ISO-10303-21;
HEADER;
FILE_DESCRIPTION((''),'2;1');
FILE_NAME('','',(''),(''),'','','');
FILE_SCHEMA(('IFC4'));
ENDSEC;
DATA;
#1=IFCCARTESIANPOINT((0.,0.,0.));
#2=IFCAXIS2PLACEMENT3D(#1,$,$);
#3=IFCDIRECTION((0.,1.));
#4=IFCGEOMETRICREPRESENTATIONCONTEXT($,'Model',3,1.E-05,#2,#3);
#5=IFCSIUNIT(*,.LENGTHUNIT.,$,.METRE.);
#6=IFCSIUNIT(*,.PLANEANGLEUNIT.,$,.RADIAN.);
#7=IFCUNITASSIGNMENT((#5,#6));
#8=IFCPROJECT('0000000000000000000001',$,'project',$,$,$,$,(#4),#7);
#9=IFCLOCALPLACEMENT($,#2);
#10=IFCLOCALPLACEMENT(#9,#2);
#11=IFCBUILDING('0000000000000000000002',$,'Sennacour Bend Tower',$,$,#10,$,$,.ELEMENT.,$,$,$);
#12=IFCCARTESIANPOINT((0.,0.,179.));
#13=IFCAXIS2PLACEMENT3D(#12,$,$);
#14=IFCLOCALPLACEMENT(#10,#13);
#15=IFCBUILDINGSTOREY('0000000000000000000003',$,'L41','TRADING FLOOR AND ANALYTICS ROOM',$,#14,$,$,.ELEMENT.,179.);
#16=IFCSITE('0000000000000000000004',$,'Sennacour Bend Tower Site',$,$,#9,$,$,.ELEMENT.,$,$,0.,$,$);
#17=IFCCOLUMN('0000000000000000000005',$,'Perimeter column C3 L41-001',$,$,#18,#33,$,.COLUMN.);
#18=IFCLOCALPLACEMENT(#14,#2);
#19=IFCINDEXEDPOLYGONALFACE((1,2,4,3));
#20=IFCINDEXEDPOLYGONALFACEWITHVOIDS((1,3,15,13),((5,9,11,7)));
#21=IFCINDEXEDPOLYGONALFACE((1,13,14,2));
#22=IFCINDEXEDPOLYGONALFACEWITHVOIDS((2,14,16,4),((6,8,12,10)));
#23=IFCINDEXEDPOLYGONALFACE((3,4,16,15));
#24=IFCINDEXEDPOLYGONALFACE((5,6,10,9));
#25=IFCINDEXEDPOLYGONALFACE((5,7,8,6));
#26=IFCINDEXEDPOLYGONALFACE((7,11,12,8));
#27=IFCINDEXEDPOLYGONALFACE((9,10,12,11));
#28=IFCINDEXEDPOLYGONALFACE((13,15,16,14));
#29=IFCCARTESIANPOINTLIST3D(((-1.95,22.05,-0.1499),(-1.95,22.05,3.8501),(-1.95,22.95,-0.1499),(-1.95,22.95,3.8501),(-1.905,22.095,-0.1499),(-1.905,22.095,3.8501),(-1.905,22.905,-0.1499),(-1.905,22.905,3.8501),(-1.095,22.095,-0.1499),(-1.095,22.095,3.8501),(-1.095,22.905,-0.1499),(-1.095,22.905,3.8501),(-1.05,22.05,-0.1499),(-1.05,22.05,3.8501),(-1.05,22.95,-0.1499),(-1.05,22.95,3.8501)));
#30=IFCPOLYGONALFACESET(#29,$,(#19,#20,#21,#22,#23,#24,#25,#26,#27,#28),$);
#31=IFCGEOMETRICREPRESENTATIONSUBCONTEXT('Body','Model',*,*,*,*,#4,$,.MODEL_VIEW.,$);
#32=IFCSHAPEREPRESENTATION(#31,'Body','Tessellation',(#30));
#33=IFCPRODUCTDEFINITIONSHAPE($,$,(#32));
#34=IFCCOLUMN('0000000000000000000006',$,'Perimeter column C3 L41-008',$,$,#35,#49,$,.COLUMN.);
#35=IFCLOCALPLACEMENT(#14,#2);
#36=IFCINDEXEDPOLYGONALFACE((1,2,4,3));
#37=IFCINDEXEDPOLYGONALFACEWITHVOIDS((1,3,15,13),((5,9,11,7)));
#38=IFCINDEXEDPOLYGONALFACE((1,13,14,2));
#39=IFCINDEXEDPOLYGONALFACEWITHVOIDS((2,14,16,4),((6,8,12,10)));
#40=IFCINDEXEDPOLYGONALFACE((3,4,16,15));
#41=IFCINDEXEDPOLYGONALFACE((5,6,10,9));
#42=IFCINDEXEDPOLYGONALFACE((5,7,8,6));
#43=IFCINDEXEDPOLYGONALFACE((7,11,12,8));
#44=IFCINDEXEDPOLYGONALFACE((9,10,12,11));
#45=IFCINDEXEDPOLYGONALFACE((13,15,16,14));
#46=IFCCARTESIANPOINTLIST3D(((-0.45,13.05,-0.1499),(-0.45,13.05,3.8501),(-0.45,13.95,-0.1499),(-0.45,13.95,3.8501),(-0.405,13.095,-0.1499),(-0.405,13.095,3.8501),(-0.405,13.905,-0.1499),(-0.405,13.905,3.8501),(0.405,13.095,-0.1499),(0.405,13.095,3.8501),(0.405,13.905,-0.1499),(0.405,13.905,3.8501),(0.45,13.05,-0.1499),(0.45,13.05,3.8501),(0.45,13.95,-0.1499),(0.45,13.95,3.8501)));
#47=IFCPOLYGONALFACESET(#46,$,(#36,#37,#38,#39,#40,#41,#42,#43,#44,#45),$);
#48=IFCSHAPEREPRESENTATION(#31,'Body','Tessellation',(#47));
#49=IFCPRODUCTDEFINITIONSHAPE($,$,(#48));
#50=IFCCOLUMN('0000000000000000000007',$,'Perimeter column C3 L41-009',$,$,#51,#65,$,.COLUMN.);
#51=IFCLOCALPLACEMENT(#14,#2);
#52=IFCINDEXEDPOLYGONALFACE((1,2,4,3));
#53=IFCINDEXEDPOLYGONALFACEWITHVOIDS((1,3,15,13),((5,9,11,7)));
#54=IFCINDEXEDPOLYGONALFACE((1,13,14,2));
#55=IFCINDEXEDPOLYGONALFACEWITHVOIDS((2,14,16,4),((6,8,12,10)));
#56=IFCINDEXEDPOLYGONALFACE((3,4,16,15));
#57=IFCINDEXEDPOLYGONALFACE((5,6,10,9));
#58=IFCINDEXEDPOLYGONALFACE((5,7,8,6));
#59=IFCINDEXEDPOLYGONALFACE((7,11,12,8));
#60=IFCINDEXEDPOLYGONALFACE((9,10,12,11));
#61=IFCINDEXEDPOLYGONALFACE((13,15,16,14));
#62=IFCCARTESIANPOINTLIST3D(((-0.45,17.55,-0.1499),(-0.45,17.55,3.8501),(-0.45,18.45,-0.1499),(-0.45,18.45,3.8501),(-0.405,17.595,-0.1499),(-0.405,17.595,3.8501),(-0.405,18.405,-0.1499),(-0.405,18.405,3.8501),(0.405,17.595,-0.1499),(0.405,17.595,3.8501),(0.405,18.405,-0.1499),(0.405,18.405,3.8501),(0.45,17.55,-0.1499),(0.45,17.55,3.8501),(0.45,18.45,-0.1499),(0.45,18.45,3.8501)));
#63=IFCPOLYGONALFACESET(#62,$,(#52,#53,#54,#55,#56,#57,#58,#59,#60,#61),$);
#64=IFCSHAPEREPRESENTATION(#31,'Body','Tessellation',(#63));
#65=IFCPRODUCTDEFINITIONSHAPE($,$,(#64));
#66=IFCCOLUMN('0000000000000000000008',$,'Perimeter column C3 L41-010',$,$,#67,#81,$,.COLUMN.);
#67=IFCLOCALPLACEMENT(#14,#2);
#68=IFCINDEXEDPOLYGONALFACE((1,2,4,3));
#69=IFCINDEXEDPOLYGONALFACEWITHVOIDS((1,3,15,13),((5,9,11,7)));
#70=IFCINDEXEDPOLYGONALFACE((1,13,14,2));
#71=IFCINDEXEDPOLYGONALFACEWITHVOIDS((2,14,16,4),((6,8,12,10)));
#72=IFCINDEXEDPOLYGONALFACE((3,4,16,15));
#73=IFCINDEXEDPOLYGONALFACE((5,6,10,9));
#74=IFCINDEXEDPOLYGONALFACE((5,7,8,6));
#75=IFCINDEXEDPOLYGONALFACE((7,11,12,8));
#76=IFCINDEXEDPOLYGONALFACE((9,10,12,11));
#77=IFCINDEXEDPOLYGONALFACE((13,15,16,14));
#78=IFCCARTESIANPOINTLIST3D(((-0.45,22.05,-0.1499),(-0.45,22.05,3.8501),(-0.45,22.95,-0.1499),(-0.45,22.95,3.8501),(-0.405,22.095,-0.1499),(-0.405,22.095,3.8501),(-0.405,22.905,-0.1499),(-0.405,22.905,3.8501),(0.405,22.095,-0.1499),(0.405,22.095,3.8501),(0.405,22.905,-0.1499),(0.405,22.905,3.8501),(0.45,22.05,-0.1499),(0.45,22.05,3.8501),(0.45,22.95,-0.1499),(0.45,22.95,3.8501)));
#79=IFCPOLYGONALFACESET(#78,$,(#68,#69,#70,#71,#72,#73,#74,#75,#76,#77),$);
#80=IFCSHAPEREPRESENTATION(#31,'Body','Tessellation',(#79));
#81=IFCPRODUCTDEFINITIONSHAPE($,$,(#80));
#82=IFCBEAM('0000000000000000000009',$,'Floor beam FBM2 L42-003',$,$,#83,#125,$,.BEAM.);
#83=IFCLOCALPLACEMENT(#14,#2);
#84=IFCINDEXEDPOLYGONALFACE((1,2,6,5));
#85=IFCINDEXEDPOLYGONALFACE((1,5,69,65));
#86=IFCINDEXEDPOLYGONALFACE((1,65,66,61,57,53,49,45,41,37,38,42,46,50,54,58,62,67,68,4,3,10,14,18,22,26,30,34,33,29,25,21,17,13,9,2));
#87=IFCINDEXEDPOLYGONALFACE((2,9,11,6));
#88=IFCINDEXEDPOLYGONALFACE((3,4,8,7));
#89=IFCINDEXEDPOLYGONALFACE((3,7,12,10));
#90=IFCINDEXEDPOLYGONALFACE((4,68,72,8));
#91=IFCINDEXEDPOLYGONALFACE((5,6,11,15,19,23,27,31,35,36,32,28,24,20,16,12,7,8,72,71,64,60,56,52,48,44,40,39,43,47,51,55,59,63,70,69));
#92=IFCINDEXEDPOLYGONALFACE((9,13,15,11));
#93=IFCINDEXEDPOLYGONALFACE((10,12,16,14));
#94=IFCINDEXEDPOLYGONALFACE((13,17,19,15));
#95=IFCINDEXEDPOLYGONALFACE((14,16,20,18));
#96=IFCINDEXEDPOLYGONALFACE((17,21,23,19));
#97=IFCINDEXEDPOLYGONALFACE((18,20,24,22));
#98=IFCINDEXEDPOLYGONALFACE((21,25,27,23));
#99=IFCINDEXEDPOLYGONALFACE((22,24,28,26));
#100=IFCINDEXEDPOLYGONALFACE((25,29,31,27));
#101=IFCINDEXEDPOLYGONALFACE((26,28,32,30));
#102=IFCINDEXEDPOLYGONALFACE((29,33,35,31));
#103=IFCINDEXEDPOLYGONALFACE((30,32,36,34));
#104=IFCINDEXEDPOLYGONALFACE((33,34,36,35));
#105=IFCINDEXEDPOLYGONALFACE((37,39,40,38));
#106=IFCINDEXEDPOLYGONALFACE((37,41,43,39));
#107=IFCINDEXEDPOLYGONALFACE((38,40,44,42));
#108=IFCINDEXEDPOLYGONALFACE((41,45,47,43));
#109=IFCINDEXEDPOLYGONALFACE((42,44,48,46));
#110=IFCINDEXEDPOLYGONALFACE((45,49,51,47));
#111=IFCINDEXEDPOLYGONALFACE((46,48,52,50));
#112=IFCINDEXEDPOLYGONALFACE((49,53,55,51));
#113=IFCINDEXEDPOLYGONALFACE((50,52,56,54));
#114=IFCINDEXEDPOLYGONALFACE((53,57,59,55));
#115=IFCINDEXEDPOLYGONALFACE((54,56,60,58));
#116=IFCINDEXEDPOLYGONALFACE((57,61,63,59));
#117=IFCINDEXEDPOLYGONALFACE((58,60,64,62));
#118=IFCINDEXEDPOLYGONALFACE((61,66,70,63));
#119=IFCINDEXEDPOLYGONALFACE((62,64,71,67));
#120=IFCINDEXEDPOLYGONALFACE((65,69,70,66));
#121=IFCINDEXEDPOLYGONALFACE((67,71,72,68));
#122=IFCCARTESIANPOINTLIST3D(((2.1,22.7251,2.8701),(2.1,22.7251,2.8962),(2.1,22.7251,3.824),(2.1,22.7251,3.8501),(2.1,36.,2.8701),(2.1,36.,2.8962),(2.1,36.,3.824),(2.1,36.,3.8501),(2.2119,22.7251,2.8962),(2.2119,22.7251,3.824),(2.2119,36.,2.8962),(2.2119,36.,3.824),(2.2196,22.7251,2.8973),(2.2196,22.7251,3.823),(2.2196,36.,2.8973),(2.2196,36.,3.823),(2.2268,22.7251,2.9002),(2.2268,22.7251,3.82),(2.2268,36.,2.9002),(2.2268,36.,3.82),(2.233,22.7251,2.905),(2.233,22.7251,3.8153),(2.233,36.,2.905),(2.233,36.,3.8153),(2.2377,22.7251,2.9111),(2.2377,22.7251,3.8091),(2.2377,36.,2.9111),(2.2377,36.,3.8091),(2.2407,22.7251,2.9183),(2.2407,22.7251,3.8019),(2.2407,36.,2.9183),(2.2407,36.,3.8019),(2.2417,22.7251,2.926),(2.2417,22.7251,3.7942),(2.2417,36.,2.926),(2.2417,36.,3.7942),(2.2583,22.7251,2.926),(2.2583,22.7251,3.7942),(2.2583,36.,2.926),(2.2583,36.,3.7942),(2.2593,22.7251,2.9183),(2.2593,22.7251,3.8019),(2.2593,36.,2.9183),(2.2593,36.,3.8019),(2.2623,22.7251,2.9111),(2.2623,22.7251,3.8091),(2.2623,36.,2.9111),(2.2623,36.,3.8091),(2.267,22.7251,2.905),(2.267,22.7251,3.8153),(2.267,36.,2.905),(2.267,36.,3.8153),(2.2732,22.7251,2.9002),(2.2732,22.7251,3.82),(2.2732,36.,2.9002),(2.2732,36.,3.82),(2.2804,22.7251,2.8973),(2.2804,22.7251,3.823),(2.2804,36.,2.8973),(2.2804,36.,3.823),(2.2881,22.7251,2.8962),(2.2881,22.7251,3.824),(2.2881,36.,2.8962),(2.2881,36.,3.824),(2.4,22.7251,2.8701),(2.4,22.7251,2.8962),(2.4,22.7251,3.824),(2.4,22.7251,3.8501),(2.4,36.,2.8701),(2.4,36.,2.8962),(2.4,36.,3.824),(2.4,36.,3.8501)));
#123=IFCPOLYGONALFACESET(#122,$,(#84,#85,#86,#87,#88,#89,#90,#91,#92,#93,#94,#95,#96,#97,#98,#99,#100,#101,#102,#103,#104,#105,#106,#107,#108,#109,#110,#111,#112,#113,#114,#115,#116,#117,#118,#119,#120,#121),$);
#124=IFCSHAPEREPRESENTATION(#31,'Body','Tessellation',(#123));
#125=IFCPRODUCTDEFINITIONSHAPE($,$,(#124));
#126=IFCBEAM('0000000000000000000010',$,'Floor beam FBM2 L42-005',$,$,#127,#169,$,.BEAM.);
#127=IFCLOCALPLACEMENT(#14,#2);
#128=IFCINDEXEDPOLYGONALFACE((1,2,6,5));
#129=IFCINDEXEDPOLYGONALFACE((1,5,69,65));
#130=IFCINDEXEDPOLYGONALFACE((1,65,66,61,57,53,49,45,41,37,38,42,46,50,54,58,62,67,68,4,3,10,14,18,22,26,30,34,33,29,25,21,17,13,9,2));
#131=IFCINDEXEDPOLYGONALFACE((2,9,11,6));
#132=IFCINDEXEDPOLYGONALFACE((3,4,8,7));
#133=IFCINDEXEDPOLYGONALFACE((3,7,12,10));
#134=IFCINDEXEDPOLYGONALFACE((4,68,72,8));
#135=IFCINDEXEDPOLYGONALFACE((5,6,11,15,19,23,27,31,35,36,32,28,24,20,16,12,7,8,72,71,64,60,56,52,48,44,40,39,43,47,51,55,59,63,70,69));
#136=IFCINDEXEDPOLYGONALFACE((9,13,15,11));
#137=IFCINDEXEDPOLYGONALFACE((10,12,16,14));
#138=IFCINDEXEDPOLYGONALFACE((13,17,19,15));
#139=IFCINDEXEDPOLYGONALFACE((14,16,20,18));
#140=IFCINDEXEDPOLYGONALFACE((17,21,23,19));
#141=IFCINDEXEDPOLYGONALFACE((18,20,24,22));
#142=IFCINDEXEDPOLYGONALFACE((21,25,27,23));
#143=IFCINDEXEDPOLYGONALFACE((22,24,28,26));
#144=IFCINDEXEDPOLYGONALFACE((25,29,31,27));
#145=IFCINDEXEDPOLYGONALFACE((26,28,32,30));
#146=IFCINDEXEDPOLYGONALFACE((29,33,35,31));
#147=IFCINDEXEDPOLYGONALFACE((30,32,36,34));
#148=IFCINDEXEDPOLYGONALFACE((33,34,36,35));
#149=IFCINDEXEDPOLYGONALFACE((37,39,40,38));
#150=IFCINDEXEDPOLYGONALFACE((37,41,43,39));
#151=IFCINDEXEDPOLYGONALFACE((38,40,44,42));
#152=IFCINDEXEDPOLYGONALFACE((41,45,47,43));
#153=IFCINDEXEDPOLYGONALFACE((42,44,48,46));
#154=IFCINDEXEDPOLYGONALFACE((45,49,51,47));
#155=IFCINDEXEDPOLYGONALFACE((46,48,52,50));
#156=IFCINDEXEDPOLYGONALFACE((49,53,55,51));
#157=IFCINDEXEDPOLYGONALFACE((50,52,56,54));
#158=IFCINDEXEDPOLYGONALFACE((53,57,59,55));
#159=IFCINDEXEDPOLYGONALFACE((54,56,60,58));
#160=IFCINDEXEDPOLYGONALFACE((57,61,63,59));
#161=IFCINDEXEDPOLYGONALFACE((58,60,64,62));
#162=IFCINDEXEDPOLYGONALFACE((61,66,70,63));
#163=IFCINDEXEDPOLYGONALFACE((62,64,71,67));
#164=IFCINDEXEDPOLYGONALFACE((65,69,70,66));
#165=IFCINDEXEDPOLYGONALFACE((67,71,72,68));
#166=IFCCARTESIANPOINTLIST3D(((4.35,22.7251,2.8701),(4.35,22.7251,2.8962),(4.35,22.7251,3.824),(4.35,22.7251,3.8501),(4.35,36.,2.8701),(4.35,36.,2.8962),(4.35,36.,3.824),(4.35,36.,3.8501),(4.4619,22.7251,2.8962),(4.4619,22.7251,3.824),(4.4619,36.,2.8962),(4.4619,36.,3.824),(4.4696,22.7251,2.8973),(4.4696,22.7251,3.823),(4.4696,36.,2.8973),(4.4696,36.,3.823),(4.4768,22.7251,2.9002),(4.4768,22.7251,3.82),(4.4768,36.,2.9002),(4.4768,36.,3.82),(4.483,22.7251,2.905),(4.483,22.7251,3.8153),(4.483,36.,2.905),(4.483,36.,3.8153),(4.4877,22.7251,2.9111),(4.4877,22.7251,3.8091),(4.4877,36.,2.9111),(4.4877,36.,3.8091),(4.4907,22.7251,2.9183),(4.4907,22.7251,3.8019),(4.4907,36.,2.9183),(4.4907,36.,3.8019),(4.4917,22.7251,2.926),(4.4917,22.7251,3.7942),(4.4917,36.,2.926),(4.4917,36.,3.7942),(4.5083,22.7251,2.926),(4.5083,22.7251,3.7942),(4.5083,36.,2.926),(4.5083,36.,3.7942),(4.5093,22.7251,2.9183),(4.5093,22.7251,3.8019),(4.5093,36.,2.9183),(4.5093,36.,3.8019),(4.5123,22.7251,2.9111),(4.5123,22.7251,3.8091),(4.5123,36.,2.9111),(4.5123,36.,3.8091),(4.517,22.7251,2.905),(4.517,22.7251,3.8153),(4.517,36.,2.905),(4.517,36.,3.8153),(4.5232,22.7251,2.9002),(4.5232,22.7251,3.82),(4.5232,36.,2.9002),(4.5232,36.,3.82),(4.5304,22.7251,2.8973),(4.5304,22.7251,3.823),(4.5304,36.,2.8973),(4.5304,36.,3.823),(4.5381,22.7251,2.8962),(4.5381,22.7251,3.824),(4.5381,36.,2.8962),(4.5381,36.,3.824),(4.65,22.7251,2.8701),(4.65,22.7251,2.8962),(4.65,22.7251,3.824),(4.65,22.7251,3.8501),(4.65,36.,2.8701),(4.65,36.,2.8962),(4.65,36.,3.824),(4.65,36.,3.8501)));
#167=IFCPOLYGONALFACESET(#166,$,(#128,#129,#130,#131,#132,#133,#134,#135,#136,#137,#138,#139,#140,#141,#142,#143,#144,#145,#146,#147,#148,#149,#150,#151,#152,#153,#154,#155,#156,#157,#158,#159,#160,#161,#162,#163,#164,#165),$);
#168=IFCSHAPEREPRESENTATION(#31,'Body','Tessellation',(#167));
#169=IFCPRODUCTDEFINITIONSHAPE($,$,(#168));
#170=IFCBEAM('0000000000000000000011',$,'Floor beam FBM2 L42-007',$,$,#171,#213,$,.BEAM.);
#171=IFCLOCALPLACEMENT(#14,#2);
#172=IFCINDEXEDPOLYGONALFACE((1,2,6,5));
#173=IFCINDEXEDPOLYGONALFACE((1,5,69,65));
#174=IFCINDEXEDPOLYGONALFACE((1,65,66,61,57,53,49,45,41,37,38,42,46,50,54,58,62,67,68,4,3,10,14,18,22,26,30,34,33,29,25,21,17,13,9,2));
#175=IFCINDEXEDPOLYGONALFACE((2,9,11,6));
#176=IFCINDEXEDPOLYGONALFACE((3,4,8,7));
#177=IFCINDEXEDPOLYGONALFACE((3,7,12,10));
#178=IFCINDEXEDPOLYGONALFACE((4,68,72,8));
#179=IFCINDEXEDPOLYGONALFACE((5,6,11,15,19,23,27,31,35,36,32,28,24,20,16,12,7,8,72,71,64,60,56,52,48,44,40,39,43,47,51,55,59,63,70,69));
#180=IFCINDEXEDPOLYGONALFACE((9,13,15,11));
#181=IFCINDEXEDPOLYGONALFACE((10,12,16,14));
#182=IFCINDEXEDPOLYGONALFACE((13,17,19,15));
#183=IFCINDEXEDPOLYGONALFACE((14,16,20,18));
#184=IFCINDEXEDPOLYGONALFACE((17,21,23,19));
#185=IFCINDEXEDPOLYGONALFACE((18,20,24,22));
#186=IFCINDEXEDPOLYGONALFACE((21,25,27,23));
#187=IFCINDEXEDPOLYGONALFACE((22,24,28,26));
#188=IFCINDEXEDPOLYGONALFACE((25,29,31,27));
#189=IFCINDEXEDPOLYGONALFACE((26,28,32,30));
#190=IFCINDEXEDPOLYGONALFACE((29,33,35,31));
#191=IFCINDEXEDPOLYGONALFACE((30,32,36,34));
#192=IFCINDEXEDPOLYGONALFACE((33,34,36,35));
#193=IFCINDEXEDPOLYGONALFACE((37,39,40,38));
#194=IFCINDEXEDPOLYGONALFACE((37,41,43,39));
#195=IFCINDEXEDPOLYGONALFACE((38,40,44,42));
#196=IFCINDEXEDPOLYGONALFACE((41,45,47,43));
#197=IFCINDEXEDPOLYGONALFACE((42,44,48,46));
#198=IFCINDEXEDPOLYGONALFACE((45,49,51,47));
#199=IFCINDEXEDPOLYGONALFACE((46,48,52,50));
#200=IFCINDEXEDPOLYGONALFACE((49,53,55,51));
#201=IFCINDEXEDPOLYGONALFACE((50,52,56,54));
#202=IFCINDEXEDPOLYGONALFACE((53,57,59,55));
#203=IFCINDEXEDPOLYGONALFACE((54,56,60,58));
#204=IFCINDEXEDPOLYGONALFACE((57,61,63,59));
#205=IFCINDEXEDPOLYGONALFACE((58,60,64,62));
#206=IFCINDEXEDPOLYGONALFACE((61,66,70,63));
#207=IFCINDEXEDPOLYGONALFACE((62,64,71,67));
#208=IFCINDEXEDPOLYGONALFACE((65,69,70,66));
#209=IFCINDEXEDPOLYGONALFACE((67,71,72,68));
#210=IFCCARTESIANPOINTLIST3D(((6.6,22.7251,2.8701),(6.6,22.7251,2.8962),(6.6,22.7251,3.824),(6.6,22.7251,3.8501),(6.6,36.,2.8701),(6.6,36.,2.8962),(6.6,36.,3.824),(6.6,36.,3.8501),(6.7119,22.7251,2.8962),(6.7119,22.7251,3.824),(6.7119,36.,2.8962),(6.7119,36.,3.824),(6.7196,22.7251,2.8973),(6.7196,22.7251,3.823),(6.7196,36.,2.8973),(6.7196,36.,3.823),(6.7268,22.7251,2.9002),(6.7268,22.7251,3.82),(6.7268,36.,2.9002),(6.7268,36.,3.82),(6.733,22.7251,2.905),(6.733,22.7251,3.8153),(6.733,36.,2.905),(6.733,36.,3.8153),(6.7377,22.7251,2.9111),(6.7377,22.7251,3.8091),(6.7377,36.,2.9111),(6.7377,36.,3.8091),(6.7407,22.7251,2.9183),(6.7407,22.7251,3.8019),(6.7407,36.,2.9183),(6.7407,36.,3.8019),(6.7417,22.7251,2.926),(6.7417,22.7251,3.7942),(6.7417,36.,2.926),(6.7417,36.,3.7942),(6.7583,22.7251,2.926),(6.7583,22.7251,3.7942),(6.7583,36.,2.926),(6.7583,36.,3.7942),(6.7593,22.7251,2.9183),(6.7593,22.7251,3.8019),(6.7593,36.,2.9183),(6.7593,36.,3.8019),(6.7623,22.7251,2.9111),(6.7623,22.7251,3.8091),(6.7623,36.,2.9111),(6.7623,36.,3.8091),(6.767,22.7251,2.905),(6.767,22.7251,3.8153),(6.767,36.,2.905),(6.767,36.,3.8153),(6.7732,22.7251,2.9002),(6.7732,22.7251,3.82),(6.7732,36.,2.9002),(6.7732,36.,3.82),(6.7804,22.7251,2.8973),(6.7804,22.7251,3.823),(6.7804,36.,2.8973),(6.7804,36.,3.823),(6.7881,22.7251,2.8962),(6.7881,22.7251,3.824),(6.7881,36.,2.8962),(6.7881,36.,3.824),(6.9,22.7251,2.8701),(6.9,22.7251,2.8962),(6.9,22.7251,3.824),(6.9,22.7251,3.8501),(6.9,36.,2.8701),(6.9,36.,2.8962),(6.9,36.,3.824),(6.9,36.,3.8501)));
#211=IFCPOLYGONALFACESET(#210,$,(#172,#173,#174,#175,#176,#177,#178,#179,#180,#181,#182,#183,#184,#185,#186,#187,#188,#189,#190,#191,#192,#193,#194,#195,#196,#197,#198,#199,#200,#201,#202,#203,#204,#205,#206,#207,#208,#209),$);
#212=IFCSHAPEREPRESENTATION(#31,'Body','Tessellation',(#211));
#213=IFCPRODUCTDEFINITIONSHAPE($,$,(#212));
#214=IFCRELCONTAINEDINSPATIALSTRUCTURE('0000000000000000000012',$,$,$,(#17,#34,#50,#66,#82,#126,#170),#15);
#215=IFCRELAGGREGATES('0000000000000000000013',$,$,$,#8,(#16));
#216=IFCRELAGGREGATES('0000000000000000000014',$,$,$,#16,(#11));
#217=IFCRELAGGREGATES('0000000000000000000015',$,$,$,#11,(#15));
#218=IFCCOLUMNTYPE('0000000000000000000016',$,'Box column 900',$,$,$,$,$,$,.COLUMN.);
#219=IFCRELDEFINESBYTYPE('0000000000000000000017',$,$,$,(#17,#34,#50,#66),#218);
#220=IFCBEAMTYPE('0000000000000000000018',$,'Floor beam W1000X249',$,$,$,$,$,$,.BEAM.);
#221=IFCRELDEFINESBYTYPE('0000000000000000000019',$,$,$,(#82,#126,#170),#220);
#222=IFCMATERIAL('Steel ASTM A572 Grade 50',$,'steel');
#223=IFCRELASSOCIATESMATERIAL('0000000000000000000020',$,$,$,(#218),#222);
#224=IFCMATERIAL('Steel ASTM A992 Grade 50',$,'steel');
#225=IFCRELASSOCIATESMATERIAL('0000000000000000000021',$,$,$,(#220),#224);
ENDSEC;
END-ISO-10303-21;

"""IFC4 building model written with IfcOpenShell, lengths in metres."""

from ifc_helpers import new_model, si_unit, direction, frame, origin, origin_2d, place, context, subcontext, project, spatial, hollow_rectangle, i_section, extrude, material, material_profile, profile_set, type_object, element, save


model = new_model("IFC4")

# Units and contexts
model_context = context("Model", 3, precision=1e-05, world=origin(), true_north=direction((0.0, 1.0)))
body_context = subcontext(model_context, "Body", "Model", "MODEL_VIEW")
ifc_project = project(units=[si_unit("LENGTHUNIT", "METRE"), si_unit("PLANEANGLEUNIT", "RADIAN")], contexts=[model_context])

# Site, building, storey
site_placement = place(None, origin())
site = spatial("IfcSite", under=ifc_project, at=site_placement, Name="Sennacour Bend Tower Site", CompositionType="ELEMENT", RefElevation=0.0)
building_placement = place(site_placement, origin())
building = spatial("IfcBuilding", under=site, at=building_placement, Name="Sennacour Bend Tower", CompositionType="ELEMENT")
storey_placement = place(building_placement, frame((0.0, 0.0, 179.0)))
storey = spatial("IfcBuildingStorey", under=building, at=storey_placement, Name="L41", Description="TRADING FLOOR AND ANALYTICS ROOM", CompositionType="ELEMENT", Elevation=179.0)

# Columns
ifc_material_1 = material(Name="Steel ASTM A572 Grade 50", Category="steel")
ifc_material_profile_1 = material_profile(ifc_material_1, hollow_rectangle(XDim=0.8999, YDim=0.8999, WallThickness=0.0449, at=origin_2d()), Name="Steel ASTM A572 Grade 50", Category="steel")
ifc_profile_set_1 = profile_set([ifc_material_profile_1], Name="Steel ASTM A572 Grade 50")
column_type = type_object("IfcColumnType", Name="Box column 900", PredefinedType="COLUMN", material=ifc_profile_set_1)
for number, where, z_axis, x_axis, name in (
    (1, (-1.5, 22.5, -0.1499), (0.0, 0.0, 1.0), (1.0, 0.0, 0.0), "Perimeter column C3 L41-001"),
    (2, (0.0, 13.5, -0.1499), (0.0, 0.0, 1.0), (1.0, 0.0, 0.0), "Perimeter column C3 L41-008"),
    (3, (0.0, 18.0, -0.1499), (0.0, 0.0, 1.0), (1.0, 0.0, 0.0), "Perimeter column C3 L41-009"),
    (4, (0.0, 22.5, -0.1499), (0.0, 0.0, 1.0), (1.0, 0.0, 0.0), "Perimeter column C3 L41-010"),
):
    element("IfcColumn", number, at=place(storey_placement, frame(where, z_axis=z_axis, x_axis=x_axis)), inside=storey, type_object=column_type, Name=name, PredefinedType="COLUMN", context=body_context, shape_type="SweptSolid", body=[
        extrude(hollow_rectangle(XDim=0.8999, YDim=0.8999, WallThickness=0.0449, at=origin_2d()), origin(), (0.0, 0.0, 1.0), 4.0),
    ])

# Beams
ifc_material_2 = material(Name="Steel ASTM A992 Grade 50", Category="steel")
ifc_material_profile_2 = material_profile(ifc_material_2, i_section(OverallWidth=0.3, OverallDepth=0.98, WebThickness=0.0166, FlangeThickness=0.0261, FilletRadius=0.0298, at=origin_2d()), Name="Steel ASTM A992 Grade 50", Category="steel")
ifc_profile_set_2 = profile_set([ifc_material_profile_2], Name="Steel ASTM A992 Grade 50")
beam_type_1 = type_object("IfcBeamType", Name="Floor beam W1000X249", PredefinedType="BEAM", material=ifc_profile_set_2)
for number, where, z_axis, x_axis, name in (
    (5, (2.25, 22.7251, 3.3601), (0.0, 1.0, 0.0), (-1.0, 0.0, 0.0), "Floor beam FBM2 L42-003"),
    (6, (4.5, 22.7251, 3.3601), (0.0, 1.0, 0.0), (-1.0, 0.0, 0.0), "Floor beam FBM2 L42-005"),
    (7, (6.75, 22.7251, 3.3601), (0.0, 1.0, 0.0), (-1.0, 0.0, 0.0), "Floor beam FBM2 L42-007"),
):
    element("IfcBeam", number, at=place(storey_placement, frame(where, z_axis=z_axis, x_axis=x_axis)), inside=storey, type_object=beam_type_1, Name=name, PredefinedType="BEAM", context=body_context, shape_type="SweptSolid", body=[
        extrude(i_section(OverallWidth=0.3, OverallDepth=0.98, WebThickness=0.0166, FlangeThickness=0.0261, FilletRadius=0.0298, at=origin_2d()), origin(), (0.0, 0.0, 1.0), 13.2749),
    ])

save(model, "model.ifc")
